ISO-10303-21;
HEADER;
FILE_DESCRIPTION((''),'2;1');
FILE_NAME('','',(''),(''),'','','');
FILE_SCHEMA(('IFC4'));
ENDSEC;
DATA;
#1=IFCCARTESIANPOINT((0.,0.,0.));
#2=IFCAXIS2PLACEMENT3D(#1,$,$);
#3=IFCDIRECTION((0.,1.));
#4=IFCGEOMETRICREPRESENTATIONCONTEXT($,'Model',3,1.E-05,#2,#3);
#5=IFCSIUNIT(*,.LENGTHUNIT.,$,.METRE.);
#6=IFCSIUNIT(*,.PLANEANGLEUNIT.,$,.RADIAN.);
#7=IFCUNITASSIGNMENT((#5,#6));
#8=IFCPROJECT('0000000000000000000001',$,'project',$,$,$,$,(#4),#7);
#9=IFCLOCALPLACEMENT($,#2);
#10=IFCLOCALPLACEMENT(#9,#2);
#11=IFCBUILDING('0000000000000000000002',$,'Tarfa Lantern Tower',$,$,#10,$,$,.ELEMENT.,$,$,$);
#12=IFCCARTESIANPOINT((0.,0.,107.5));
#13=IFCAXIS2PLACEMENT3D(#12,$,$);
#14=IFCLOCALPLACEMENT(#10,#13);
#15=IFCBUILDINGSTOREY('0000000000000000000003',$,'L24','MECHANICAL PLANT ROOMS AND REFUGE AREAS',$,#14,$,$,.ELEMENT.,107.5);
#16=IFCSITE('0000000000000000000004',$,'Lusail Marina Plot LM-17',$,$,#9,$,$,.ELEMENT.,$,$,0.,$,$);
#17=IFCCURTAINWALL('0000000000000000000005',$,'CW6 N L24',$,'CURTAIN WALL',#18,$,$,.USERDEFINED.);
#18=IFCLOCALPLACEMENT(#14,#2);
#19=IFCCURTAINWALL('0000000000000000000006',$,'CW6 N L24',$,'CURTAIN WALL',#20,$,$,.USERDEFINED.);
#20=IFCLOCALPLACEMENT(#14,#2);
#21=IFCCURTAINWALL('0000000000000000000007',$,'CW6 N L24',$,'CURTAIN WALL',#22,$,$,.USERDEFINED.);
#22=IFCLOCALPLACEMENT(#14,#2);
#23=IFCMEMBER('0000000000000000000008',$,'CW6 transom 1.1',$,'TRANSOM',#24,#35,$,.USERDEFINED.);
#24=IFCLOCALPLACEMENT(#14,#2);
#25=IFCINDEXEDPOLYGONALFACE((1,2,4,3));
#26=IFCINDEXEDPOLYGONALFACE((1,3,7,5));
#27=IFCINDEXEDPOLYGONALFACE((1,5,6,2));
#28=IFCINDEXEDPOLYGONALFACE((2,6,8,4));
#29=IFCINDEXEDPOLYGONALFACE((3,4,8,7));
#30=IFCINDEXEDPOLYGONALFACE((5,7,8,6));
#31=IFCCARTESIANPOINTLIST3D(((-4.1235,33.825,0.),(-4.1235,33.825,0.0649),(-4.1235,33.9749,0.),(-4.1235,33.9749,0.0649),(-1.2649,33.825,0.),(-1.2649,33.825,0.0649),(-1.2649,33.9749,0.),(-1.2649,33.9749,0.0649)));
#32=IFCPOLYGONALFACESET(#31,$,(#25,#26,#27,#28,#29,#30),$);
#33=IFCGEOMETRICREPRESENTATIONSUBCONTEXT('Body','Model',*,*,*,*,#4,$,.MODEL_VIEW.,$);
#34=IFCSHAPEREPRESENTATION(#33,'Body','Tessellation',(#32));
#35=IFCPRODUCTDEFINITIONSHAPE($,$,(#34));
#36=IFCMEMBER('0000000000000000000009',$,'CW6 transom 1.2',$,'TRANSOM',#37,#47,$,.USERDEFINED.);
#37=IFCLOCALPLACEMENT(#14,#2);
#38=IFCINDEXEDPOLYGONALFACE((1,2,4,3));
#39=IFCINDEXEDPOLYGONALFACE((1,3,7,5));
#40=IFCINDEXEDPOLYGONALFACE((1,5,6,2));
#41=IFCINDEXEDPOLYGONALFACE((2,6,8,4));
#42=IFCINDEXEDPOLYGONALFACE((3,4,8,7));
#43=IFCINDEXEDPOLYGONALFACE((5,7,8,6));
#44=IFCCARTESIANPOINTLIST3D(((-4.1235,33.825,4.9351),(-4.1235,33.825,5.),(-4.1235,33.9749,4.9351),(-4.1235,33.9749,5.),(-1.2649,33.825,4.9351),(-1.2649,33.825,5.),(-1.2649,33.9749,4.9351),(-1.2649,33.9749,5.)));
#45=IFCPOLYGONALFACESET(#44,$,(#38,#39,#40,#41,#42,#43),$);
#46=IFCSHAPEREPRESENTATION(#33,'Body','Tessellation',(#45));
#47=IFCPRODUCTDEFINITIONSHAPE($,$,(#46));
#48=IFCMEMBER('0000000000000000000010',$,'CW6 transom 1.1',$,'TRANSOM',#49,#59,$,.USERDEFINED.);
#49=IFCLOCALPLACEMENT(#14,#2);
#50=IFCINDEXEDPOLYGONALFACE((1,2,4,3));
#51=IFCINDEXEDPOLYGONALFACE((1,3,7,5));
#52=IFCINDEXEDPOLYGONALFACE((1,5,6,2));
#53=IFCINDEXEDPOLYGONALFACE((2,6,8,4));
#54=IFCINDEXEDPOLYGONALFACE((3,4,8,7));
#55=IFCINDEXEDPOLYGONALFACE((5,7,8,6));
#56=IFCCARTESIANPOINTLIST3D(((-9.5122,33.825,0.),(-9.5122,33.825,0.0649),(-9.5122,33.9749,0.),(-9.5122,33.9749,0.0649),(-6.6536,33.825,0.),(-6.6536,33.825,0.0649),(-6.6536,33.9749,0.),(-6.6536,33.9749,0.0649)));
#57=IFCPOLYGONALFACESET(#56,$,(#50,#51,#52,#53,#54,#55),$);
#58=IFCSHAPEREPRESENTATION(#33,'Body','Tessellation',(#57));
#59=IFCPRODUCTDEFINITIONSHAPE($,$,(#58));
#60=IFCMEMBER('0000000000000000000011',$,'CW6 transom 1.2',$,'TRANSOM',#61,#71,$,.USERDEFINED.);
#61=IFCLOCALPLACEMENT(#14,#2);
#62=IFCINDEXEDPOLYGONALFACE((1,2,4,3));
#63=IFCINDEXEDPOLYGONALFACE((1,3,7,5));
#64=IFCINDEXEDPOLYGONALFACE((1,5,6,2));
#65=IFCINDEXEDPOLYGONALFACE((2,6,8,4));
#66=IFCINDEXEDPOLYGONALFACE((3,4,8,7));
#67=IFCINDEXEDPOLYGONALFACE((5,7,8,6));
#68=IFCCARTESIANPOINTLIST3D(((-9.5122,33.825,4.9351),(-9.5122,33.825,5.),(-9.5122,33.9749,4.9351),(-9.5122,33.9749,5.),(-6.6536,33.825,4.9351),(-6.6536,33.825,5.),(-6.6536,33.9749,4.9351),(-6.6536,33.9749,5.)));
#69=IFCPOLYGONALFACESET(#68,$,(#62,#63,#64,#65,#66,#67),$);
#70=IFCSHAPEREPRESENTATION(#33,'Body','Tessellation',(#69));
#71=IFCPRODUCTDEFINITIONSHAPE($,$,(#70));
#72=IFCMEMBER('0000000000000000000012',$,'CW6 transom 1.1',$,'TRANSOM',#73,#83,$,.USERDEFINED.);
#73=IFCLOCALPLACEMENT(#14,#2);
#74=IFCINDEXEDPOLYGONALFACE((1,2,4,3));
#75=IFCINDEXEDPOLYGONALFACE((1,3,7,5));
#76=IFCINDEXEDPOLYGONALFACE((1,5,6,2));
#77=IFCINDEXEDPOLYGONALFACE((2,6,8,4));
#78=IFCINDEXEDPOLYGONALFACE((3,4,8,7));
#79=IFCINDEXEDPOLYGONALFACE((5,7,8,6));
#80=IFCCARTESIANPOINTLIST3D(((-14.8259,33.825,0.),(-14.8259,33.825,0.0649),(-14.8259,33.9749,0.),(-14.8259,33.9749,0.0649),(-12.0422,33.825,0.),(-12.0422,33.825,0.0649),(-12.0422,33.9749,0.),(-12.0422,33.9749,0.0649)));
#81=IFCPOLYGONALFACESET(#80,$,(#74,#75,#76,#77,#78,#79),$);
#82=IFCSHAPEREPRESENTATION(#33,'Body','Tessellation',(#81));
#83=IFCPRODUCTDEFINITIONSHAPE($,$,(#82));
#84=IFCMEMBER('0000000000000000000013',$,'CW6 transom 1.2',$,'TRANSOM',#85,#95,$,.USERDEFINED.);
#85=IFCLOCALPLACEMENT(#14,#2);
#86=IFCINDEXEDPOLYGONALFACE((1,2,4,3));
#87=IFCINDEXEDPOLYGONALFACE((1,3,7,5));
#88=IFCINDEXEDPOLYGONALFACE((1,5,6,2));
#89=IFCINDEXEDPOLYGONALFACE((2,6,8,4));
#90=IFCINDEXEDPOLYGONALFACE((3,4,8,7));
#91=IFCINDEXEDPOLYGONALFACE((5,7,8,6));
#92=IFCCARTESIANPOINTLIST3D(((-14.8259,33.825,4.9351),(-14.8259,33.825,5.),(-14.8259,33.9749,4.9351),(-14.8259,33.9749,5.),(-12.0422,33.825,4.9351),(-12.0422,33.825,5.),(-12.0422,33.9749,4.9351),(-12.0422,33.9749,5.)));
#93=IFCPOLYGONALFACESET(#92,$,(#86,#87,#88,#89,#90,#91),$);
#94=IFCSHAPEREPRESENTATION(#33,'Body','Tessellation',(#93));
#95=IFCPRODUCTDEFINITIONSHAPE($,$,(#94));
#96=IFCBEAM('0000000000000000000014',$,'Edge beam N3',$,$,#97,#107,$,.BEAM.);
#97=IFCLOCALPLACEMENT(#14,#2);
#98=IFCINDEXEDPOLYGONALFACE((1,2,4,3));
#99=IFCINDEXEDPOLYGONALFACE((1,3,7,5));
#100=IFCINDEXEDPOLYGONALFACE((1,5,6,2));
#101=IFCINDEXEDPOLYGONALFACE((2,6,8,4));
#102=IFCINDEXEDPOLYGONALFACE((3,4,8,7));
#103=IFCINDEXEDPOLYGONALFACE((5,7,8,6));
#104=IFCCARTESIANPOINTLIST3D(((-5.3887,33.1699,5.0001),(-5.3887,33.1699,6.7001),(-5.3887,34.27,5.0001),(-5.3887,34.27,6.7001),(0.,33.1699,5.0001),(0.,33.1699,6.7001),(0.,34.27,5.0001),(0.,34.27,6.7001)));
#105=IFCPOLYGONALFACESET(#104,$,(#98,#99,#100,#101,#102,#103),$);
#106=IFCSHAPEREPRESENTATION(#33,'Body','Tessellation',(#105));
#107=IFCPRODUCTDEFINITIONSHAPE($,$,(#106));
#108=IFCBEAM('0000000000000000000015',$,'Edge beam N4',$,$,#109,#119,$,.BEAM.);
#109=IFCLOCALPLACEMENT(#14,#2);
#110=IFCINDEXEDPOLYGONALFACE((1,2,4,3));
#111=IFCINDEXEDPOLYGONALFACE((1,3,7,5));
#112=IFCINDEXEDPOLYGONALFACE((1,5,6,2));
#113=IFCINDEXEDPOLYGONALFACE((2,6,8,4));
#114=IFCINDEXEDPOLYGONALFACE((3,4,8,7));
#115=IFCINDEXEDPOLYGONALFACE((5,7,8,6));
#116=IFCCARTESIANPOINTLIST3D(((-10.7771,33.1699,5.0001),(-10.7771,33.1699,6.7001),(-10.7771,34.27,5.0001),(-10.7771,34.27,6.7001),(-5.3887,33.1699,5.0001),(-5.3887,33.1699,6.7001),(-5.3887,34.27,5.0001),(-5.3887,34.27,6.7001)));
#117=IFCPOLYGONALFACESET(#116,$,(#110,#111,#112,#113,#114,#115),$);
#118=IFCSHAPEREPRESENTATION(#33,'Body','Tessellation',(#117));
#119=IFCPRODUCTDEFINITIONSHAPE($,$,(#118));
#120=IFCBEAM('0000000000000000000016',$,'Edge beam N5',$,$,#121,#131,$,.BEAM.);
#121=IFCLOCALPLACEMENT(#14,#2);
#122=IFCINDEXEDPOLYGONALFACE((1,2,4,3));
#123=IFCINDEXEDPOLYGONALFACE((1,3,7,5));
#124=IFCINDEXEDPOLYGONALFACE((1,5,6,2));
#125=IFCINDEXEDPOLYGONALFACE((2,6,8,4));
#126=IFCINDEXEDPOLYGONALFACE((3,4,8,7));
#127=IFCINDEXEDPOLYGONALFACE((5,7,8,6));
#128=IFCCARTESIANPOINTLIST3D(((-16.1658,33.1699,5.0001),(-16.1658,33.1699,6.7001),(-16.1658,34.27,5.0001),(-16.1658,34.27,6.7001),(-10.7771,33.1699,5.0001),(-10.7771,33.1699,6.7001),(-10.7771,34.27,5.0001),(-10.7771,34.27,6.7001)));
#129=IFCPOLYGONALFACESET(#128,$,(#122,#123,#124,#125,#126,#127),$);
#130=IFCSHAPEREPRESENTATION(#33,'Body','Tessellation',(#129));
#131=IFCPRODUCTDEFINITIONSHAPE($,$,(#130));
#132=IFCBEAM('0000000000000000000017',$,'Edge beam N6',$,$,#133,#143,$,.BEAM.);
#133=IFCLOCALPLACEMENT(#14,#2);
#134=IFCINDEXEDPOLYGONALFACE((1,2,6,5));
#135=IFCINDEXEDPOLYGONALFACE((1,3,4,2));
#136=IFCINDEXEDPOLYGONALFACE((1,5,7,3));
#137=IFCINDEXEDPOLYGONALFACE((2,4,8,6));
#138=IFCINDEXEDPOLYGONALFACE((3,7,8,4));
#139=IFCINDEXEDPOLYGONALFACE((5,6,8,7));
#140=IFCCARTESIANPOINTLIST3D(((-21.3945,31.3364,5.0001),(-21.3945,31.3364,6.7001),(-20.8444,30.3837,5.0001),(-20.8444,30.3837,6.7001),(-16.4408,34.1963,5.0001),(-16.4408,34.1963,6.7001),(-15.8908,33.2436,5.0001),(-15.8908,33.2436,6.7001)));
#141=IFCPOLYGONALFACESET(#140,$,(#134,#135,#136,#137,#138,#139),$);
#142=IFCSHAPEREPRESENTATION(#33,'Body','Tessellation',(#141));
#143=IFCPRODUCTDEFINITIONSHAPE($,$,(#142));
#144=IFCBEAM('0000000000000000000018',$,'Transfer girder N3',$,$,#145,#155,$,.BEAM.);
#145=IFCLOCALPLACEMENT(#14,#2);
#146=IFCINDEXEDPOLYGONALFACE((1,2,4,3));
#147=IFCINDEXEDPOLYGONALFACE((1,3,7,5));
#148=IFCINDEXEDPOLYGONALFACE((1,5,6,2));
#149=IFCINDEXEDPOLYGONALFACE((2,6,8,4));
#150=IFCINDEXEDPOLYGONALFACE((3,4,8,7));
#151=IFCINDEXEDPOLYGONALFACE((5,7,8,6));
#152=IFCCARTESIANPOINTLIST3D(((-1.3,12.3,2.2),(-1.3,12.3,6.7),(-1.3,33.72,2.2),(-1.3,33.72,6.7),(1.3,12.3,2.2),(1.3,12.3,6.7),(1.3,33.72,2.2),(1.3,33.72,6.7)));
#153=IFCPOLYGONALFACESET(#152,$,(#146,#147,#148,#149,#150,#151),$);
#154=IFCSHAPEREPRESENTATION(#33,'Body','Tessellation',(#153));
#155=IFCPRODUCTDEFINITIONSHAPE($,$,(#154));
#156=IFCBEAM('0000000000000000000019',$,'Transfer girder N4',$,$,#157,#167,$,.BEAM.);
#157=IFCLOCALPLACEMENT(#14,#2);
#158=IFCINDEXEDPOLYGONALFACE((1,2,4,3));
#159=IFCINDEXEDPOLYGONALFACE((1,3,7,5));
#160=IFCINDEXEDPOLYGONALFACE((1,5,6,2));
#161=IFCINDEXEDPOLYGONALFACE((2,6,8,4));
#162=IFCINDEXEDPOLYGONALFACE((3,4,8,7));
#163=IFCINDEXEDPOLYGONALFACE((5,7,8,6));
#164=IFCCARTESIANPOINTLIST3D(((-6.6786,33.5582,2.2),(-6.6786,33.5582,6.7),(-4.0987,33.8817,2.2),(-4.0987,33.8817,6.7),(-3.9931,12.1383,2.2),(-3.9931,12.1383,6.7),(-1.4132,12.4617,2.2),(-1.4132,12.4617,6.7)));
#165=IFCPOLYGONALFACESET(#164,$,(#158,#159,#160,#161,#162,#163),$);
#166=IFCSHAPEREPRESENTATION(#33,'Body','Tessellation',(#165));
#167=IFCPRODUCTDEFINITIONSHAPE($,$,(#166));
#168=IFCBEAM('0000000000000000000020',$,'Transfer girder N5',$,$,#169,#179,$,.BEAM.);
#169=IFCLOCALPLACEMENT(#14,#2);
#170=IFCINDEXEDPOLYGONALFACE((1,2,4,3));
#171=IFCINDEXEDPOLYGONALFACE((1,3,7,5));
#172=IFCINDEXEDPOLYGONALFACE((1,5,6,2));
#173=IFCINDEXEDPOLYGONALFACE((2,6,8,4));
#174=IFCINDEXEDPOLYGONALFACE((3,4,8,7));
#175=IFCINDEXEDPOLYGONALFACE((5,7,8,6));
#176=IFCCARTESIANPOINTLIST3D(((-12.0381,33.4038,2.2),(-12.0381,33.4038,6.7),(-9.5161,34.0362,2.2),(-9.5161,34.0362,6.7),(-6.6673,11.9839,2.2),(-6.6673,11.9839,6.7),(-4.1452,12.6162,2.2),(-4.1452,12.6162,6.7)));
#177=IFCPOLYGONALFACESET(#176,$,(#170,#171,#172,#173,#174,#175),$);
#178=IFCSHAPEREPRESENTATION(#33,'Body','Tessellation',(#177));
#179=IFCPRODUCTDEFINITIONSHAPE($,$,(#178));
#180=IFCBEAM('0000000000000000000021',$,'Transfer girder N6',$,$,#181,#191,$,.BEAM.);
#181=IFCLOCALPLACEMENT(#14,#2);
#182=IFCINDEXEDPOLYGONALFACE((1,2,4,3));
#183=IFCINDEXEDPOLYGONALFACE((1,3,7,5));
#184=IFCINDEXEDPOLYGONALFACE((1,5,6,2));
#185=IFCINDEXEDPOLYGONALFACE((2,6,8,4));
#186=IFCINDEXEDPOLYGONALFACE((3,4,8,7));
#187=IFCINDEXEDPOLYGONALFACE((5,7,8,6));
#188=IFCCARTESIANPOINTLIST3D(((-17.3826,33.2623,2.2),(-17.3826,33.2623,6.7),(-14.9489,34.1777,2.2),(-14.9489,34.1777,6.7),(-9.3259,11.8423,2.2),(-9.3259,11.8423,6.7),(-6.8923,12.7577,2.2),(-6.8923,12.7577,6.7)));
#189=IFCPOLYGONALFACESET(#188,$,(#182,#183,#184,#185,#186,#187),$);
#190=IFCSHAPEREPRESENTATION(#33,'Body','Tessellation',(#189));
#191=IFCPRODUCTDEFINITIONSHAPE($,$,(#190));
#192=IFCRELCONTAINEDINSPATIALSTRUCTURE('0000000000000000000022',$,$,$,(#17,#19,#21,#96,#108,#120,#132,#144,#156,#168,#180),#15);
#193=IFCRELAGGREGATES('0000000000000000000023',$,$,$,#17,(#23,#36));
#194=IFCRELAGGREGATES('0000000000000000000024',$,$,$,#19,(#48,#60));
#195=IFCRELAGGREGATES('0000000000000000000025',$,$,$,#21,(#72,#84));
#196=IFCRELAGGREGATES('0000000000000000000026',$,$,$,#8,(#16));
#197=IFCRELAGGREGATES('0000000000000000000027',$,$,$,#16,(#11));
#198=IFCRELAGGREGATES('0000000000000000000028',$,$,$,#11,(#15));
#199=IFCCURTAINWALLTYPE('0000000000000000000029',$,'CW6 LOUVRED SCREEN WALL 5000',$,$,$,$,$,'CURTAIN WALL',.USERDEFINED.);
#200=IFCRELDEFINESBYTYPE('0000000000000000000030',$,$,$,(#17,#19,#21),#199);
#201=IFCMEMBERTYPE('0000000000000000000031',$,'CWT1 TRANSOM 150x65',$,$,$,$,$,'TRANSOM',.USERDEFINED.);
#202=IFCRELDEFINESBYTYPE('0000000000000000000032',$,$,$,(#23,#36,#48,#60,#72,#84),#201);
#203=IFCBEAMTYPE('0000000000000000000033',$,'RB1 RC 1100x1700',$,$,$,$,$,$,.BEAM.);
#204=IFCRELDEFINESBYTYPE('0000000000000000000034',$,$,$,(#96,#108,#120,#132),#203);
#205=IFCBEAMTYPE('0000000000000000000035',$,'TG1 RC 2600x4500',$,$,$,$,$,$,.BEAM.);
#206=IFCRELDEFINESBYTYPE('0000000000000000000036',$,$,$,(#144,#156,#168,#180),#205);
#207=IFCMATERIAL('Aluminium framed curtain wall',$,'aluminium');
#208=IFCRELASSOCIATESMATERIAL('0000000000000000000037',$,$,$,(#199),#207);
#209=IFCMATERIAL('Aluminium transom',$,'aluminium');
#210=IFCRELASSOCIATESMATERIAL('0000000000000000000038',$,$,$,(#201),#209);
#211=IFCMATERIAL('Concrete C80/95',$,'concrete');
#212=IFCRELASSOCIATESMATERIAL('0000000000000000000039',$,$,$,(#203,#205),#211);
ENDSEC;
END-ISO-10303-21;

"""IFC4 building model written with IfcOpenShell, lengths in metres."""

from ifc_helpers import new_model, si_unit, direction, frame, origin, origin_2d, place, context, subcontext, project, spatial, rectangle, extrude, material, material_profile, profile_set, type_object, element, aggregate, save


model = new_model("IFC4")

# Units and contexts
model_context = context("Model", 3, precision=1e-05, world=origin(), true_north=direction((0.0, 1.0)))
body_context = subcontext(model_context, "Body", "Model", "MODEL_VIEW")
ifc_project = project(units=[si_unit("LENGTHUNIT", "METRE"), si_unit("PLANEANGLEUNIT", "RADIAN")], contexts=[model_context])

# Site, building, storey
site_placement = place(None, origin())
site = spatial("IfcSite", under=ifc_project, at=site_placement, Name="Lusail Marina Plot LM-17", CompositionType="ELEMENT", RefElevation=0.0)
building_placement = place(site_placement, origin())
building = spatial("IfcBuilding", under=site, at=building_placement, Name="Tarfa Lantern Tower", CompositionType="ELEMENT")
storey_placement = place(building_placement, frame((0.0, 0.0, 107.5)))
storey = spatial("IfcBuildingStorey", under=building, at=storey_placement, Name="L24", Description="MECHANICAL PLANT ROOMS AND REFUGE AREAS", CompositionType="ELEMENT", Elevation=107.5)

# Shared definitions
ifc_material_1 = material(Name="Concrete C80/95", Category="concrete")

# Curtain walls
ifc_material_2 = material(Name="Aluminium framed curtain wall", Category="aluminium")
curtain_wall_type = type_object("IfcCurtainWallType", Name="CW6 LOUVRED SCREEN WALL 5000", ElementType="CURTAIN WALL", PredefinedType="USERDEFINED", material=ifc_material_2)
curtain_wall_1_placement = place(storey_placement, origin())
curtain_wall_1 = element("IfcCurtainWall", 1, at=curtain_wall_1_placement, inside=storey, type_object=curtain_wall_type, Name="CW6 N L24", ObjectType="CURTAIN WALL", PredefinedType="USERDEFINED")
curtain_wall_2_placement = place(storey_placement, origin())
curtain_wall_2 = element("IfcCurtainWall", 2, at=curtain_wall_2_placement, inside=storey, type_object=curtain_wall_type, Name="CW6 N L24", ObjectType="CURTAIN WALL", PredefinedType="USERDEFINED")
curtain_wall_3_placement = place(storey_placement, origin())
curtain_wall_3 = element("IfcCurtainWall", 3, at=curtain_wall_3_placement, inside=storey, type_object=curtain_wall_type, Name="CW6 N L24", ObjectType="CURTAIN WALL", PredefinedType="USERDEFINED")

# Members
ifc_material_3 = material(Name="Aluminium transom", Category="aluminium")
ifc_material_profile_1 = material_profile(ifc_material_3, rectangle(XDim=0.1499, YDim=0.0649, at=origin_2d()), Name="AL TRANSOM 150x65")
ifc_profile_set_1 = profile_set([ifc_material_profile_1], Name="Aluminium transom")
member_type_1 = type_object("IfcMemberType", Name="CWT1 TRANSOM 150x65", ElementType="TRANSOM", PredefinedType="USERDEFINED", material=ifc_profile_set_1)
member_1_placement = place(storey_placement, frame((-1.2649, 33.8999, 0.0325), z_axis=(-1.0, 0.0, 0.0), x_axis=(0.0, -1.0, 0.0)))
member_1 = element("IfcMember", 4, at=member_1_placement, type_object=member_type_1, Name="CW6 transom 1.1", ObjectType="TRANSOM", PredefinedType="USERDEFINED", context=body_context, shape_type="SweptSolid", body=[
    extrude(rectangle(XDim=0.1499, YDim=0.0649, at=origin_2d()), origin(), (0.0, 0.0, 1.0), 2.8586),
])
member_2_placement = place(storey_placement, frame((-1.2649, 33.8999, 4.9675), z_axis=(-1.0, 0.0, 0.0), x_axis=(0.0, -1.0, 0.0)))
member_2 = element("IfcMember", 5, at=member_2_placement, type_object=member_type_1, Name="CW6 transom 1.2", ObjectType="TRANSOM", PredefinedType="USERDEFINED", context=body_context, shape_type="SweptSolid", body=[
    extrude(rectangle(XDim=0.1499, YDim=0.0649, at=origin_2d()), origin(), (0.0, 0.0, 1.0), 2.8586),
])
member_3_placement = place(storey_placement, frame((-6.6536, 33.8999, 0.0325), z_axis=(-1.0, 0.0, 0.0), x_axis=(0.0, -1.0, 0.0)))
member_3 = element("IfcMember", 6, at=member_3_placement, type_object=member_type_1, Name="CW6 transom 1.1", ObjectType="TRANSOM", PredefinedType="USERDEFINED", context=body_context, shape_type="SweptSolid", body=[
    extrude(rectangle(XDim=0.1499, YDim=0.0649, at=origin_2d()), origin(), (0.0, 0.0, 1.0), 2.8586),
])
member_4_placement = place(storey_placement, frame((-6.6536, 33.8999, 4.9675), z_axis=(-1.0, 0.0, 0.0), x_axis=(0.0, -1.0, 0.0)))
member_4 = element("IfcMember", 7, at=member_4_placement, type_object=member_type_1, Name="CW6 transom 1.2", ObjectType="TRANSOM", PredefinedType="USERDEFINED", context=body_context, shape_type="SweptSolid", body=[
    extrude(rectangle(XDim=0.1499, YDim=0.0649, at=origin_2d()), origin(), (0.0, 0.0, 1.0), 2.8586),
])
member_5_placement = place(storey_placement, frame((-12.0422, 33.8999, 0.0325), z_axis=(-1.0, 0.0, 0.0), x_axis=(0.0, -1.0, 0.0)))
member_5 = element("IfcMember", 8, at=member_5_placement, type_object=member_type_1, Name="CW6 transom 1.1", ObjectType="TRANSOM", PredefinedType="USERDEFINED", context=body_context, shape_type="SweptSolid", body=[
    extrude(rectangle(XDim=0.1499, YDim=0.0649, at=origin_2d()), origin(), (0.0, 0.0, 1.0), 2.7837),
])
member_6_placement = place(storey_placement, frame((-12.0422, 33.8999, 4.9675), z_axis=(-1.0, 0.0, 0.0), x_axis=(0.0, -1.0, 0.0)))
member_6 = element("IfcMember", 9, at=member_6_placement, type_object=member_type_1, Name="CW6 transom 1.2", ObjectType="TRANSOM", PredefinedType="USERDEFINED", context=body_context, shape_type="SweptSolid", body=[
    extrude(rectangle(XDim=0.1499, YDim=0.0649, at=origin_2d()), origin(), (0.0, 0.0, 1.0), 2.7837),
])

# Beams
ifc_material_profile_2 = material_profile(ifc_material_1, rectangle(XDim=1.1001, YDim=1.7, at=origin_2d()), Name="RC 1100x1700")
ifc_profile_set_2 = profile_set([ifc_material_profile_2], Name="Concrete C80/95")
beam_type_1 = type_object("IfcBeamType", Name="RB1 RC 1100x1700", PredefinedType="BEAM", material=ifc_profile_set_2)
beam_1_placement = place(storey_placement, frame((0.0, 33.72, 5.8501), z_axis=(-1.0, 0.0, 0.0), x_axis=(0.0, -1.0, 0.0)))
element("IfcBeam", 10, at=beam_1_placement, inside=storey, type_object=beam_type_1, Name="Edge beam N3", PredefinedType="BEAM", context=body_context, shape_type="SweptSolid", body=[
    extrude(rectangle(XDim=1.1001, YDim=1.7, at=origin_2d()), origin(), (0.0, 0.0, 1.0), 5.3887),
])
beam_2_placement = place(storey_placement, frame((-5.3887, 33.72, 5.8501), z_axis=(-1.0, 0.0, 0.0), x_axis=(0.0, -1.0, 0.0)))
element("IfcBeam", 11, at=beam_2_placement, inside=storey, type_object=beam_type_1, Name="Edge beam N4", PredefinedType="BEAM", context=body_context, shape_type="SweptSolid", body=[
    extrude(rectangle(XDim=1.1001, YDim=1.7, at=origin_2d()), origin(), (0.0, 0.0, 1.0), 5.3884),
])
beam_3_placement = place(storey_placement, frame((-10.7771, 33.72, 5.8501), z_axis=(-1.0, 0.0, 0.0), x_axis=(0.0, -1.0, 0.0)))
element("IfcBeam", 12, at=beam_3_placement, inside=storey, type_object=beam_type_1, Name="Edge beam N5", PredefinedType="BEAM", context=body_context, shape_type="SweptSolid", body=[
    extrude(rectangle(XDim=1.1001, YDim=1.7, at=origin_2d()), origin(), (0.0, 0.0, 1.0), 5.3887),
])
beam_4_placement = place(storey_placement, frame((-16.1658, 33.72, 5.8501), z_axis=(-0.866033, -0.499986, 0.0), x_axis=(0.499986, -0.866033, 0.0)))
element("IfcBeam", 13, at=beam_4_placement, inside=storey, type_object=beam_type_1, Name="Edge beam N6", PredefinedType="BEAM", context=body_context, shape_type="SweptSolid", body=[
    extrude(rectangle(XDim=1.1001, YDim=1.7, at=origin_2d()), origin(), (0.0, 0.0, 1.0), 5.72),
])
ifc_material_profile_3 = material_profile(ifc_material_1, rectangle(XDim=2.6001, YDim=4.5, at=origin_2d()), Name="RC 2600x4500")
ifc_profile_set_3 = profile_set([ifc_material_profile_3], Name="Concrete C80/95")
beam_type_2 = type_object("IfcBeamType", Name="TG1 RC 2600x4500", PredefinedType="BEAM", material=ifc_profile_set_3)
beam_5_placement = place(storey_placement, frame((0.0, 33.72, 4.45), z_axis=(0.0, -1.0, 0.0), x_axis=(1.0, 0.0, 0.0)))
element("IfcBeam", 14, at=beam_5_placement, inside=storey, type_object=beam_type_2, Name="Transfer girder N3", PredefinedType="BEAM", context=body_context, shape_type="SweptSolid", body=[
    extrude(rectangle(XDim=2.6001, YDim=4.5, at=origin_2d()), origin(), (0.0, 0.0, 1.0), 21.4199),
])
beam_6_placement = place(storey_placement, frame((-5.3887, 33.72, 4.45), z_axis=(0.124402, -0.992232, 0.0), x_axis=(0.992232, 0.124402, 0.0)))
element("IfcBeam", 15, at=beam_6_placement, inside=storey, type_object=beam_type_2, Name="Transfer girder N4", PredefinedType="BEAM", context=body_context, shape_type="SweptSolid", body=[
    extrude(rectangle(XDim=2.6001, YDim=4.5, at=origin_2d()), origin(), (0.0, 0.0, 1.0), 21.5876),
])
beam_7_placement = place(storey_placement, frame((-10.7771, 33.72, 4.45), z_axis=(0.243212, -0.969973, 0.0), x_axis=(0.969973, 0.243212, 0.0)))
element("IfcBeam", 16, at=beam_7_placement, inside=storey, type_object=beam_type_2, Name="Transfer girder N5", PredefinedType="BEAM", context=body_context, shape_type="SweptSolid", body=[
    extrude(rectangle(XDim=2.6001, YDim=4.5, at=origin_2d()), origin(), (0.0, 0.0, 1.0), 22.083),
])
beam_8_placement = place(storey_placement, frame((-16.1658, 33.72, 4.45), z_axis=(0.352049, -0.935981, 0.0), x_axis=(0.935981, 0.352049, 0.0)))
element("IfcBeam", 17, at=beam_8_placement, inside=storey, type_object=beam_type_2, Name="Transfer girder N6", PredefinedType="BEAM", context=body_context, shape_type="SweptSolid", body=[
    extrude(rectangle(XDim=2.6001, YDim=4.5, at=origin_2d()), origin(), (0.0, 0.0, 1.0), 22.885),
])

aggregate(curtain_wall_1, [member_1, member_2])
aggregate(curtain_wall_2, [member_3, member_4])
aggregate(curtain_wall_3, [member_5, member_6])

save(model, "model.ifc")
